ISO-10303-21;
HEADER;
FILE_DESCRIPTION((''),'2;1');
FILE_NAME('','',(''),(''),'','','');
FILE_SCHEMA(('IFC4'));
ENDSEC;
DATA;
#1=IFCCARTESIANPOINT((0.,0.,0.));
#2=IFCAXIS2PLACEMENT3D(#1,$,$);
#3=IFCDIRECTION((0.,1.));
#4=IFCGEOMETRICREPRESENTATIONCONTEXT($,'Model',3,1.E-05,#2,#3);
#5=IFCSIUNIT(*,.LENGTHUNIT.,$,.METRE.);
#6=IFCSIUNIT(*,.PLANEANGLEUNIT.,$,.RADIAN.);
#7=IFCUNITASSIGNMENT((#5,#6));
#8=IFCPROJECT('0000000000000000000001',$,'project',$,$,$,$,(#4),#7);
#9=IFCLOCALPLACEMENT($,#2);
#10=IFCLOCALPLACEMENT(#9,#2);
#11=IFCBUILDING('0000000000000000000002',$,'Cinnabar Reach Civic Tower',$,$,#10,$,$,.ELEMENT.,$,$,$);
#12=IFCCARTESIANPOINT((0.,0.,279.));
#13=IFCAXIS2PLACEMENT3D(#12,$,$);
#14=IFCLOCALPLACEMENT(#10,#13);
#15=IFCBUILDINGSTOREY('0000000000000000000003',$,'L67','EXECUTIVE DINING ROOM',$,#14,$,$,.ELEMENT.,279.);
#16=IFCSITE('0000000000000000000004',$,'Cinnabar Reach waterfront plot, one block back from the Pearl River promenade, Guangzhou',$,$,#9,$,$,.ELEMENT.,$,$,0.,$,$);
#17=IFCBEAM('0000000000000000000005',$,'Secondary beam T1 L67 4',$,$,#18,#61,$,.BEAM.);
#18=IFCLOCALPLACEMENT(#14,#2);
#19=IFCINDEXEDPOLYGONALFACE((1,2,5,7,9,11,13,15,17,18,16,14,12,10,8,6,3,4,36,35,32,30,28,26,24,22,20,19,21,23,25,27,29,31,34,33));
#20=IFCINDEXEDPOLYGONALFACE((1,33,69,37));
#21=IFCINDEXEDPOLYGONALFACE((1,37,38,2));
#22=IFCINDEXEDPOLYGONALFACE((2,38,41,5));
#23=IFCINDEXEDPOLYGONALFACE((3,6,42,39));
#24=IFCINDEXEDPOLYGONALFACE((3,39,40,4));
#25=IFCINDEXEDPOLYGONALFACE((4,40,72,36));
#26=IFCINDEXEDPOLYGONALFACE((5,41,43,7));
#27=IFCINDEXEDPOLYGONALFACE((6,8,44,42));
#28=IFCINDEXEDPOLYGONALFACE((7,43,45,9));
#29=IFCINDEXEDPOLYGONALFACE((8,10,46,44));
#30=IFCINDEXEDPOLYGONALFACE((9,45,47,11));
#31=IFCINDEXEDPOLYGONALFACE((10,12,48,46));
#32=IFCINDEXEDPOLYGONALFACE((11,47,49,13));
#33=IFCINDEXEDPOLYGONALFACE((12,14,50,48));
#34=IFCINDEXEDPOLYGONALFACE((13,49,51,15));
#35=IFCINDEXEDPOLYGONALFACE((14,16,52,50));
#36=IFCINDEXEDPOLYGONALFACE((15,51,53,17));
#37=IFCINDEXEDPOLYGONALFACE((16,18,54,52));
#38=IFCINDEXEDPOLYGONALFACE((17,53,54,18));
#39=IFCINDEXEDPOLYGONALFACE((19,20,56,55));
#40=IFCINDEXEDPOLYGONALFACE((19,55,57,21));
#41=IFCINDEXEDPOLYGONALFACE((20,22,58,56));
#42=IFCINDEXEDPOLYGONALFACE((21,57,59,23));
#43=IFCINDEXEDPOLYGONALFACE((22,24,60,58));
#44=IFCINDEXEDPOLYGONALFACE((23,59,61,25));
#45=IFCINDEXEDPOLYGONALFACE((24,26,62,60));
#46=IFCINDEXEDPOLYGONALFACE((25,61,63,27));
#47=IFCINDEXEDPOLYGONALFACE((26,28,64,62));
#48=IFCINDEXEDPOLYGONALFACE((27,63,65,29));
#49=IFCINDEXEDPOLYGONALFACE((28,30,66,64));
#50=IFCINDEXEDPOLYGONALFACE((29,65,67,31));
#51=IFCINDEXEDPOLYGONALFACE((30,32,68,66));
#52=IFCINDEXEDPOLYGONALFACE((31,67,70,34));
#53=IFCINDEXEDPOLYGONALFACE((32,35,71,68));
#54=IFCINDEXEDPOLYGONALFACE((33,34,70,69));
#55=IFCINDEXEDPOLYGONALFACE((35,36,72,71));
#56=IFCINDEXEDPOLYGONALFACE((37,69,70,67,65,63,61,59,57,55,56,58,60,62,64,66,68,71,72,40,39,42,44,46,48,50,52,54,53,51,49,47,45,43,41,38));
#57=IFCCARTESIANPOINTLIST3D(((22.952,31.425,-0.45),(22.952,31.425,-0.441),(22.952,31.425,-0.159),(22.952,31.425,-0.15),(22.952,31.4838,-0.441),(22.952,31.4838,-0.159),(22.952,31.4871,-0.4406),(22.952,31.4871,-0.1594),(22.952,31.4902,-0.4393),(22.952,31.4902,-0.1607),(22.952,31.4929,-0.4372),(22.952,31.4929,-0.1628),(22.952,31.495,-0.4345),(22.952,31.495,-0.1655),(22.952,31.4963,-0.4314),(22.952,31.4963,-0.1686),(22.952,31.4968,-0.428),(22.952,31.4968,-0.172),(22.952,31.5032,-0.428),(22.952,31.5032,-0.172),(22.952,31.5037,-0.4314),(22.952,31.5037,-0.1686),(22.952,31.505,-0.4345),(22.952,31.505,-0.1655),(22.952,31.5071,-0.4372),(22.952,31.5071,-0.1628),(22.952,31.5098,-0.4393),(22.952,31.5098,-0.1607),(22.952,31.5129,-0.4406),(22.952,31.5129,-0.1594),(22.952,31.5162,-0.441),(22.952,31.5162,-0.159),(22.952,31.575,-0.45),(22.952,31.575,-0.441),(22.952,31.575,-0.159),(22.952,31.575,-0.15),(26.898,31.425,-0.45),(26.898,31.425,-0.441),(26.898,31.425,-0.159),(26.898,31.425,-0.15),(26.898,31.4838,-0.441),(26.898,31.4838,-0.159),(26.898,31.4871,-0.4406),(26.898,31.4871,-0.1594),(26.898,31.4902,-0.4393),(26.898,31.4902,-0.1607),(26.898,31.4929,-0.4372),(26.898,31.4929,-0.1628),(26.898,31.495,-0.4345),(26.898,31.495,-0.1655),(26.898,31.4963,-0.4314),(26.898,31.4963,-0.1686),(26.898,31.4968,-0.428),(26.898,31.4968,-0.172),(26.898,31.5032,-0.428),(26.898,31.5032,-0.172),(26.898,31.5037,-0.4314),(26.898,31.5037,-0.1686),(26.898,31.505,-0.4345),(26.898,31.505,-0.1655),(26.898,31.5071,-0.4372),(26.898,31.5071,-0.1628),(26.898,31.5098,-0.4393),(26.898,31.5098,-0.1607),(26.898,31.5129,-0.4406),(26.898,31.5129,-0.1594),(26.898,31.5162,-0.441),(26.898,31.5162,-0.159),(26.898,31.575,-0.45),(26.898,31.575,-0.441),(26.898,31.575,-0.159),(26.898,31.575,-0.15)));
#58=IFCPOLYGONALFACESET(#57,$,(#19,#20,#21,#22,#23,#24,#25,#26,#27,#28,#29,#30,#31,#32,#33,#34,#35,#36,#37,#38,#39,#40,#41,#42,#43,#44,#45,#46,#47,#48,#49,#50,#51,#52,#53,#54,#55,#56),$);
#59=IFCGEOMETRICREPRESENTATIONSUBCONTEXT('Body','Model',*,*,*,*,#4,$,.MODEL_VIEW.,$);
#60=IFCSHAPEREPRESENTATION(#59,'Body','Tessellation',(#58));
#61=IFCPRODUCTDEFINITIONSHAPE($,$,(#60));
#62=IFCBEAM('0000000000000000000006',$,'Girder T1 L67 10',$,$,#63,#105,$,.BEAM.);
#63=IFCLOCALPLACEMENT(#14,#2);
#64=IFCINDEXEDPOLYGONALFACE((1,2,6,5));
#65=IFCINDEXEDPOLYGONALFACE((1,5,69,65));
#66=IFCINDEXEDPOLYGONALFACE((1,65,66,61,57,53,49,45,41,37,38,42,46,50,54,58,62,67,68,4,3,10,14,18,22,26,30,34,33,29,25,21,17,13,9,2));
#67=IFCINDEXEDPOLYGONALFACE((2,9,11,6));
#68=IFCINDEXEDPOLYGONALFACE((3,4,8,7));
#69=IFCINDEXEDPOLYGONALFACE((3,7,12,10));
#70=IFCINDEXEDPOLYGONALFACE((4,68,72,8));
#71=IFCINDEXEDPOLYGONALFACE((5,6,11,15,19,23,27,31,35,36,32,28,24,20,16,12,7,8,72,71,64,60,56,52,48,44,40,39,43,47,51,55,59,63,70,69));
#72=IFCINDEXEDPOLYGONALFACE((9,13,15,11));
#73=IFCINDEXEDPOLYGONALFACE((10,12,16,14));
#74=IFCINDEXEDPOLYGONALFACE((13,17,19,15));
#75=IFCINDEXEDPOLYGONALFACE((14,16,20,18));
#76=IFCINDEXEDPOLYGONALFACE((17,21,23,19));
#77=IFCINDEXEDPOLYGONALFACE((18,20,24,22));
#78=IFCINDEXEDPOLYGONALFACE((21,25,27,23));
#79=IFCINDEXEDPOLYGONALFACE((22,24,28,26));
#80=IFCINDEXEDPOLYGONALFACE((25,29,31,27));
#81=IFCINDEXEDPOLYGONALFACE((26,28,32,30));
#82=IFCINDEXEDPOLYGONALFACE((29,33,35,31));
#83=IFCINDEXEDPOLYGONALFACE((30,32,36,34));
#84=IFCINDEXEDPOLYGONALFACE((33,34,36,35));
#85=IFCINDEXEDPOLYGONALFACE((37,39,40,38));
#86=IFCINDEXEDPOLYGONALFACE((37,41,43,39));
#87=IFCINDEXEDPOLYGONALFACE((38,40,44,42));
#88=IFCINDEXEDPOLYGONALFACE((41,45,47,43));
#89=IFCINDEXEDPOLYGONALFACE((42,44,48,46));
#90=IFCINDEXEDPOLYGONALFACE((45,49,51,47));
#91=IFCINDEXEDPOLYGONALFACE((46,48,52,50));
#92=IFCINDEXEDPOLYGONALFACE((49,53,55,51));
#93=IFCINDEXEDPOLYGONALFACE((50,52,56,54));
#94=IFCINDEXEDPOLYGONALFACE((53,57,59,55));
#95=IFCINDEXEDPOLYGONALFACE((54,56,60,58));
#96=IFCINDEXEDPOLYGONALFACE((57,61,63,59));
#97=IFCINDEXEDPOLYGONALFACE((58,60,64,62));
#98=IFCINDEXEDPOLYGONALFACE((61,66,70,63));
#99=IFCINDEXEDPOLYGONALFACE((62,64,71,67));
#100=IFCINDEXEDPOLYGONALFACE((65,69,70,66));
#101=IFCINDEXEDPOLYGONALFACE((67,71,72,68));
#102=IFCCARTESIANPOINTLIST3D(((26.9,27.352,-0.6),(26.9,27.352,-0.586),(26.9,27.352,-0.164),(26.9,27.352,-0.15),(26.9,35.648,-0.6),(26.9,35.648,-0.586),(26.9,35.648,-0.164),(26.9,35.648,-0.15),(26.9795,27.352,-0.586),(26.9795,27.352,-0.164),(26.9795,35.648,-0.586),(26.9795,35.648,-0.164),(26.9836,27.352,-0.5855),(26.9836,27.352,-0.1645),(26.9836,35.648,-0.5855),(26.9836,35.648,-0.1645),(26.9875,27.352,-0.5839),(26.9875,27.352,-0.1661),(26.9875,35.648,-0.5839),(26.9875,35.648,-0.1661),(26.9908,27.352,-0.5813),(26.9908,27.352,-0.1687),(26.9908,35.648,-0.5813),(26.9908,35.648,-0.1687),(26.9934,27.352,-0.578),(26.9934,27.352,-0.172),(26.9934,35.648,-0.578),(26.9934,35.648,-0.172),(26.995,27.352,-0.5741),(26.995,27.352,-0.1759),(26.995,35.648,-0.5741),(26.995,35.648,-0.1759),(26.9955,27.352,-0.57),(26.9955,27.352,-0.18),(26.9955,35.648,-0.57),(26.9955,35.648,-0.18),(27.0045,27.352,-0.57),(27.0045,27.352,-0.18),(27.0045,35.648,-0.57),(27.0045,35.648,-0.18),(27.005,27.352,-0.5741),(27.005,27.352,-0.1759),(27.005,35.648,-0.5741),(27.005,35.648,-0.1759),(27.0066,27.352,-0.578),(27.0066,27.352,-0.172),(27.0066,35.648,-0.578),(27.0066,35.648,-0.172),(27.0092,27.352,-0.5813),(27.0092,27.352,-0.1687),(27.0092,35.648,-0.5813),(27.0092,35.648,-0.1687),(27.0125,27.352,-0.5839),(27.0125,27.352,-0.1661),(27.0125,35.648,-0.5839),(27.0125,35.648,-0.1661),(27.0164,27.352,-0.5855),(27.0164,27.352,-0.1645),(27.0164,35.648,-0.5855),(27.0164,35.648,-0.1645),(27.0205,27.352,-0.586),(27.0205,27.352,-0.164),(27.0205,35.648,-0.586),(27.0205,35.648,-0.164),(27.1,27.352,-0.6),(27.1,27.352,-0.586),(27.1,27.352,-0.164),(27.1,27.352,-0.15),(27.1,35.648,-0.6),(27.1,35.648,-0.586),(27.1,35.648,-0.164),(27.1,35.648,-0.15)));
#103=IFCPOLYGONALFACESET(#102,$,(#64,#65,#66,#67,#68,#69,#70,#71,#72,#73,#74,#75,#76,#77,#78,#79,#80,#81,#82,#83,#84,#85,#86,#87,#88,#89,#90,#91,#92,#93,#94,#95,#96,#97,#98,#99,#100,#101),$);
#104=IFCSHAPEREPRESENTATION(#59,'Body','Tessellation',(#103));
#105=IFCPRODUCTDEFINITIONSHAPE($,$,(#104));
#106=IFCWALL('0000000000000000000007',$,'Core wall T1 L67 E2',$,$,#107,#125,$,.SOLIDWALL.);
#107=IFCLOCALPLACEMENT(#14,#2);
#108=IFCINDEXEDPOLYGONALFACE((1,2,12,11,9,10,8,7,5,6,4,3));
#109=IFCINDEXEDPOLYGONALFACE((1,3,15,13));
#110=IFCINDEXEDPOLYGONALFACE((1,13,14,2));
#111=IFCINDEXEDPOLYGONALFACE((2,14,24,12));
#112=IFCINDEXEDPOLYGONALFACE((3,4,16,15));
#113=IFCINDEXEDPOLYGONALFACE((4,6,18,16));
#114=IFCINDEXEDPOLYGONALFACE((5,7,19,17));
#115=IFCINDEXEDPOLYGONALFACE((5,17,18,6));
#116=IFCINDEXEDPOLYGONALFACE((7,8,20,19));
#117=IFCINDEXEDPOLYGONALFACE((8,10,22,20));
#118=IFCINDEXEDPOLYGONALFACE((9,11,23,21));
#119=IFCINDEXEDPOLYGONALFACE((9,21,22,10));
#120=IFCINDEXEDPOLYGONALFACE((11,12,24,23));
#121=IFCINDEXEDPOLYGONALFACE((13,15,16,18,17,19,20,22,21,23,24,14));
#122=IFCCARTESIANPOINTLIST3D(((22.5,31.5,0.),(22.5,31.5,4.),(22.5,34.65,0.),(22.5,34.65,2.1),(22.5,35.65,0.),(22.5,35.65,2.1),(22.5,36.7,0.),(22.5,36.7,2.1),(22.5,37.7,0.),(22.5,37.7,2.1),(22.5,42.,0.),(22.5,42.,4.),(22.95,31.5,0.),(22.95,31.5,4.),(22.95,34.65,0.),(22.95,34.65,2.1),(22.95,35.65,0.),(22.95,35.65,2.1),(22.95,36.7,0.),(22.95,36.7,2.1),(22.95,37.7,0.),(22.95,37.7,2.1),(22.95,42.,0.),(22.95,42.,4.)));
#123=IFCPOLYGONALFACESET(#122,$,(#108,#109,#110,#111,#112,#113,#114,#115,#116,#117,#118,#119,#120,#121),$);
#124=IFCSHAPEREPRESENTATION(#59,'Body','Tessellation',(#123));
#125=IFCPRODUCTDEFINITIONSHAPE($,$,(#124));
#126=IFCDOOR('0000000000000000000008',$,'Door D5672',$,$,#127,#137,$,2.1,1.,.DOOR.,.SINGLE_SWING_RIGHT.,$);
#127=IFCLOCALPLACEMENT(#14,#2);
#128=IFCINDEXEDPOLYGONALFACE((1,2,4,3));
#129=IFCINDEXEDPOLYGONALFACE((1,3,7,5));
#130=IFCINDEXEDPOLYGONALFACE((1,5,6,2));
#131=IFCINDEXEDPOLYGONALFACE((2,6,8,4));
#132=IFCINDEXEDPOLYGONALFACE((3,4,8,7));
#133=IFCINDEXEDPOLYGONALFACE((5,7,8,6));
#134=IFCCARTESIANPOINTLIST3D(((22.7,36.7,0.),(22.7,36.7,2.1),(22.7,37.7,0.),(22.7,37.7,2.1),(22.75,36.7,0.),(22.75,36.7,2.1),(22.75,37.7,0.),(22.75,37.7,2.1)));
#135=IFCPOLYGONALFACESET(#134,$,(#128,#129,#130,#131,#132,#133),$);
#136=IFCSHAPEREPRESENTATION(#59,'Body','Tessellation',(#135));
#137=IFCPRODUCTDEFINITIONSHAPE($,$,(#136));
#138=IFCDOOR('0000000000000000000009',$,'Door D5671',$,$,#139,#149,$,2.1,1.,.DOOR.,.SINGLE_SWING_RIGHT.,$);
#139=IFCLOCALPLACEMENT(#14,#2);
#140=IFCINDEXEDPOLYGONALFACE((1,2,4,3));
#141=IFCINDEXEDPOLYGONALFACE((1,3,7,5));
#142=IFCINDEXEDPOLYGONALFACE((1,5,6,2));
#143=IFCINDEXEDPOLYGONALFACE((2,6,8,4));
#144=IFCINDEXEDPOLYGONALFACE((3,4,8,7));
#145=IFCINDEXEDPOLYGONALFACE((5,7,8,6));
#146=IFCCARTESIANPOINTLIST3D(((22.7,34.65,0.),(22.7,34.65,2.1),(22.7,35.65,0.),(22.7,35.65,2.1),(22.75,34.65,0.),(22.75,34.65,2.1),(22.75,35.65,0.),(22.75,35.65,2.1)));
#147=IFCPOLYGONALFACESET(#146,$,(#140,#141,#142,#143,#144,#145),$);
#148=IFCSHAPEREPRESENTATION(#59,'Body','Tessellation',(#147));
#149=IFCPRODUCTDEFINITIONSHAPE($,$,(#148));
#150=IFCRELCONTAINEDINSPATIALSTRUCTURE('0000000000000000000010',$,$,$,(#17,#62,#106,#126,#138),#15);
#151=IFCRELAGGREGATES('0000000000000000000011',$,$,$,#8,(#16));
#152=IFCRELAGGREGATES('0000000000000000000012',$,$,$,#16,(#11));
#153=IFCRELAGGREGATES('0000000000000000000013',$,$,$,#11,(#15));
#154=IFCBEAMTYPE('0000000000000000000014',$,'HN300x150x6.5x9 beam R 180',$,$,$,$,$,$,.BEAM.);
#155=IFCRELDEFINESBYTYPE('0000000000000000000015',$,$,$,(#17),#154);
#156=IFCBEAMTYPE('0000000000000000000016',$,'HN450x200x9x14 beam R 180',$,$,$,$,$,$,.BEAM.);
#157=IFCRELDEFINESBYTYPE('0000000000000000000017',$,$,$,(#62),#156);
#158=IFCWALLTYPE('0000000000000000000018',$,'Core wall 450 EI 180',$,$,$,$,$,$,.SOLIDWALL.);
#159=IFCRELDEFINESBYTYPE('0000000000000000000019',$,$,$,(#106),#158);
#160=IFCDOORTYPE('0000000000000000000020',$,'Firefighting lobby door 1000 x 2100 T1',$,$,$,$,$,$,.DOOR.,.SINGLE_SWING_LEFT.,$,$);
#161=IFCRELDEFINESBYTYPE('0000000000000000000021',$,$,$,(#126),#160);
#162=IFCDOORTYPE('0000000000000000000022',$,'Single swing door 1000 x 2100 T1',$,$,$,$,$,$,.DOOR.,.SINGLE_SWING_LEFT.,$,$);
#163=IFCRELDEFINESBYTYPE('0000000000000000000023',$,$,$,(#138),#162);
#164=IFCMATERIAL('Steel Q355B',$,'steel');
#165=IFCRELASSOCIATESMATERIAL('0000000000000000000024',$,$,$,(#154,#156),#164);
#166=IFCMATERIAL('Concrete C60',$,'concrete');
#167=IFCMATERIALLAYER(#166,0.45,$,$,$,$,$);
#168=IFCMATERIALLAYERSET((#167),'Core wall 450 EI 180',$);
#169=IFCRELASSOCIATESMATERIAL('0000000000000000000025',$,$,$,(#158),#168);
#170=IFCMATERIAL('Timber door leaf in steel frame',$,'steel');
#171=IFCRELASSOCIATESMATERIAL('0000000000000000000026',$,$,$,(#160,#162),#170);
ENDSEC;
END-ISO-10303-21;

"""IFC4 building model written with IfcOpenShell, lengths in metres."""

from ifc_helpers import new_model, si_unit, direction, frame, frame_2d, origin, origin_2d, place, context, subcontext, project, spatial, rectangle, i_section, extrude, material, layer, layer_set, material_profile, profile_set, type_object, element, fill, save


model = new_model("IFC4")

# Units and contexts
model_context = context("Model", 3, precision=1e-05, world=origin(), true_north=direction((0.0, 1.0)))
body_context = subcontext(model_context, "Body", "Model", "MODEL_VIEW")
ifc_project = project(units=[si_unit("LENGTHUNIT", "METRE"), si_unit("PLANEANGLEUNIT", "RADIAN")], contexts=[model_context])

# Site, building, storey
site_placement = place(None, origin())
site = spatial("IfcSite", under=ifc_project, at=site_placement, Name="Cinnabar Reach waterfront plot, one block back from the Pearl River promenade, Guangzhou", CompositionType="ELEMENT", RefElevation=0.0)
building_placement = place(site_placement, origin())
building = spatial("IfcBuilding", under=site, at=building_placement, Name="Cinnabar Reach Civic Tower", CompositionType="ELEMENT")
storey_placement = place(building_placement, frame((0.0, 0.0, 279.0)))
storey = spatial("IfcBuildingStorey", under=building, at=storey_placement, Name="L67", Description="EXECUTIVE DINING ROOM", CompositionType="ELEMENT", Elevation=279.0)

# Beams
ifc_material_1 = material(Name="Steel Q355B", Category="steel")
ifc_material_profile_1 = material_profile(ifc_material_1, i_section(OverallWidth=0.15, OverallDepth=0.3, WebThickness=0.0065, FlangeThickness=0.009, FilletRadius=0.013, at=origin_2d()), Name="HN300x150x6.5x9")
ifc_profile_set_1 = profile_set([ifc_material_profile_1], Name="Steel Q355B")
beam_type_1 = type_object("IfcBeamType", Name="HN300x150x6.5x9 beam R 180", PredefinedType="BEAM", material=ifc_profile_set_1)
beam_1_placement = place(storey_placement, frame((22.952, 31.5, -0.3), z_axis=(1.0, 0.0, 0.0), x_axis=(0.0, 1.0, 0.0)))
element("IfcBeam", 1, at=beam_1_placement, inside=storey, type_object=beam_type_1, Name="Secondary beam T1 L67 4", PredefinedType="BEAM", context=body_context, shape_type="SweptSolid", body=[
    extrude(i_section(OverallWidth=0.15, OverallDepth=0.3, WebThickness=0.0065, FlangeThickness=0.009, FilletRadius=0.013, at=origin_2d()), origin(), (0.0, 0.0, 1.0), 3.946),
])
ifc_material_profile_2 = material_profile(ifc_material_1, i_section(OverallWidth=0.2, OverallDepth=0.45, WebThickness=0.009, FlangeThickness=0.014, FilletRadius=0.016, at=origin_2d()), Name="HN450x200x9x14")
ifc_profile_set_2 = profile_set([ifc_material_profile_2], Name="Steel Q355B")
beam_type_2 = type_object("IfcBeamType", Name="HN450x200x9x14 beam R 180", PredefinedType="BEAM", material=ifc_profile_set_2)
beam_2_placement = place(storey_placement, frame((27.0, 27.352, -0.375), z_axis=(0.0, 1.0, 0.0), x_axis=(-1.0, 0.0, 0.0)))
element("IfcBeam", 2, at=beam_2_placement, inside=storey, type_object=beam_type_2, Name="Girder T1 L67 10", PredefinedType="BEAM", context=body_context, shape_type="SweptSolid", body=[
    extrude(i_section(OverallWidth=0.2, OverallDepth=0.45, WebThickness=0.009, FlangeThickness=0.014, FilletRadius=0.016, at=origin_2d()), origin(), (0.0, 0.0, 1.0), 8.296),
])

# Wall, openings, doors
ifc_material_2 = material(Name="Concrete C60", Category="concrete")
ifc_layer_1 = layer(ifc_material_2, 0.45)
ifc_layer_set_1 = layer_set([ifc_layer_1], Name="Core wall 450 EI 180")
wall_type_1 = type_object("IfcWallType", Name="Core wall 450 EI 180", PredefinedType="SOLIDWALL", material=ifc_layer_set_1)
wall_1_placement = place(storey_placement, frame((22.725, 31.5, 0.0), z_axis=(0.0, 0.0, 1.0), x_axis=(0.0, 1.0, 0.0)))
wall_1 = element("IfcWall", 3, at=wall_1_placement, inside=storey, type_object=wall_type_1, Name="Core wall T1 L67 E2", PredefinedType="SOLIDWALL", context=body_context, shape_type="SweptSolid", body=[
    extrude(rectangle(XDim=10.5, YDim=0.45, at=frame_2d((5.25, 0.0))), origin(), (0.0, 0.0, 1.0), 4.0),
])
opening_1_placement = place(wall_1_placement, frame((3.15, 0.0, 0.0)))
opening_1 = element("IfcOpeningElement", 4, at=opening_1_placement, cuts=wall_1, PredefinedType="OPENING", context=body_context, shape_type="SweptSolid", body=[
    extrude(rectangle(XDim=1.0, YDim=2.1, at=frame_2d((0.5, 1.05))), frame((0.0, 0.235, 0.0), z_axis=(0.0, -1.0, 0.0), x_axis=(1.0, 0.0, 0.0)), (0.0, 0.0, 1.0), 0.47),
])
opening_2_placement = place(wall_1_placement, frame((5.2, 0.0, 0.0)))
opening_2 = element("IfcOpeningElement", 5, at=opening_2_placement, cuts=wall_1, PredefinedType="OPENING", context=body_context, shape_type="SweptSolid", body=[
    extrude(rectangle(XDim=1.0, YDim=2.1, at=frame_2d((0.5, 1.05))), frame((0.0, 0.235, 0.0), z_axis=(0.0, -1.0, 0.0), x_axis=(1.0, 0.0, 0.0)), (0.0, 0.0, 1.0), 0.47),
])
ifc_material_3 = material(Name="Timber door leaf in steel frame", Category="steel")
door_type_1 = type_object("IfcDoorType", Name="Firefighting lobby door 1000 x 2100 T1", OperationType="SINGLE_SWING_LEFT", PredefinedType="DOOR", material=ifc_material_3)
door_1_placement = place(opening_2_placement, origin())
door_1 = element("IfcDoor", 6, at=door_1_placement, inside=storey, type_object=door_type_1, Name="Door D5672", OperationType="SINGLE_SWING_RIGHT", OverallHeight=2.1, OverallWidth=1.0, PredefinedType="DOOR", context=body_context, shape_type="SweptSolid", body=[
    extrude(rectangle(XDim=1.0, YDim=2.1, at=frame_2d((0.5, 1.05))), frame((0.0, 0.025, 0.0), z_axis=(0.0, -1.0, 0.0), x_axis=(1.0, 0.0, 0.0)), (0.0, 0.0, 1.0), 0.05),
])
fill(opening_2, door_1)
door_type_2 = type_object("IfcDoorType", Name="Single swing door 1000 x 2100 T1", OperationType="SINGLE_SWING_LEFT", PredefinedType="DOOR", material=ifc_material_3)
door_2_placement = place(opening_1_placement, origin())
door_2 = element("IfcDoor", 7, at=door_2_placement, inside=storey, type_object=door_type_2, Name="Door D5671", OperationType="SINGLE_SWING_RIGHT", OverallHeight=2.1, OverallWidth=1.0, PredefinedType="DOOR", context=body_context, shape_type="SweptSolid", body=[
    extrude(rectangle(XDim=1.0, YDim=2.1, at=frame_2d((0.5, 1.05))), frame((0.0, 0.025, 0.0), z_axis=(0.0, -1.0, 0.0), x_axis=(1.0, 0.0, 0.0)), (0.0, 0.0, 1.0), 0.05),
])
fill(opening_1, door_2)

save(model, "model.ifc")
